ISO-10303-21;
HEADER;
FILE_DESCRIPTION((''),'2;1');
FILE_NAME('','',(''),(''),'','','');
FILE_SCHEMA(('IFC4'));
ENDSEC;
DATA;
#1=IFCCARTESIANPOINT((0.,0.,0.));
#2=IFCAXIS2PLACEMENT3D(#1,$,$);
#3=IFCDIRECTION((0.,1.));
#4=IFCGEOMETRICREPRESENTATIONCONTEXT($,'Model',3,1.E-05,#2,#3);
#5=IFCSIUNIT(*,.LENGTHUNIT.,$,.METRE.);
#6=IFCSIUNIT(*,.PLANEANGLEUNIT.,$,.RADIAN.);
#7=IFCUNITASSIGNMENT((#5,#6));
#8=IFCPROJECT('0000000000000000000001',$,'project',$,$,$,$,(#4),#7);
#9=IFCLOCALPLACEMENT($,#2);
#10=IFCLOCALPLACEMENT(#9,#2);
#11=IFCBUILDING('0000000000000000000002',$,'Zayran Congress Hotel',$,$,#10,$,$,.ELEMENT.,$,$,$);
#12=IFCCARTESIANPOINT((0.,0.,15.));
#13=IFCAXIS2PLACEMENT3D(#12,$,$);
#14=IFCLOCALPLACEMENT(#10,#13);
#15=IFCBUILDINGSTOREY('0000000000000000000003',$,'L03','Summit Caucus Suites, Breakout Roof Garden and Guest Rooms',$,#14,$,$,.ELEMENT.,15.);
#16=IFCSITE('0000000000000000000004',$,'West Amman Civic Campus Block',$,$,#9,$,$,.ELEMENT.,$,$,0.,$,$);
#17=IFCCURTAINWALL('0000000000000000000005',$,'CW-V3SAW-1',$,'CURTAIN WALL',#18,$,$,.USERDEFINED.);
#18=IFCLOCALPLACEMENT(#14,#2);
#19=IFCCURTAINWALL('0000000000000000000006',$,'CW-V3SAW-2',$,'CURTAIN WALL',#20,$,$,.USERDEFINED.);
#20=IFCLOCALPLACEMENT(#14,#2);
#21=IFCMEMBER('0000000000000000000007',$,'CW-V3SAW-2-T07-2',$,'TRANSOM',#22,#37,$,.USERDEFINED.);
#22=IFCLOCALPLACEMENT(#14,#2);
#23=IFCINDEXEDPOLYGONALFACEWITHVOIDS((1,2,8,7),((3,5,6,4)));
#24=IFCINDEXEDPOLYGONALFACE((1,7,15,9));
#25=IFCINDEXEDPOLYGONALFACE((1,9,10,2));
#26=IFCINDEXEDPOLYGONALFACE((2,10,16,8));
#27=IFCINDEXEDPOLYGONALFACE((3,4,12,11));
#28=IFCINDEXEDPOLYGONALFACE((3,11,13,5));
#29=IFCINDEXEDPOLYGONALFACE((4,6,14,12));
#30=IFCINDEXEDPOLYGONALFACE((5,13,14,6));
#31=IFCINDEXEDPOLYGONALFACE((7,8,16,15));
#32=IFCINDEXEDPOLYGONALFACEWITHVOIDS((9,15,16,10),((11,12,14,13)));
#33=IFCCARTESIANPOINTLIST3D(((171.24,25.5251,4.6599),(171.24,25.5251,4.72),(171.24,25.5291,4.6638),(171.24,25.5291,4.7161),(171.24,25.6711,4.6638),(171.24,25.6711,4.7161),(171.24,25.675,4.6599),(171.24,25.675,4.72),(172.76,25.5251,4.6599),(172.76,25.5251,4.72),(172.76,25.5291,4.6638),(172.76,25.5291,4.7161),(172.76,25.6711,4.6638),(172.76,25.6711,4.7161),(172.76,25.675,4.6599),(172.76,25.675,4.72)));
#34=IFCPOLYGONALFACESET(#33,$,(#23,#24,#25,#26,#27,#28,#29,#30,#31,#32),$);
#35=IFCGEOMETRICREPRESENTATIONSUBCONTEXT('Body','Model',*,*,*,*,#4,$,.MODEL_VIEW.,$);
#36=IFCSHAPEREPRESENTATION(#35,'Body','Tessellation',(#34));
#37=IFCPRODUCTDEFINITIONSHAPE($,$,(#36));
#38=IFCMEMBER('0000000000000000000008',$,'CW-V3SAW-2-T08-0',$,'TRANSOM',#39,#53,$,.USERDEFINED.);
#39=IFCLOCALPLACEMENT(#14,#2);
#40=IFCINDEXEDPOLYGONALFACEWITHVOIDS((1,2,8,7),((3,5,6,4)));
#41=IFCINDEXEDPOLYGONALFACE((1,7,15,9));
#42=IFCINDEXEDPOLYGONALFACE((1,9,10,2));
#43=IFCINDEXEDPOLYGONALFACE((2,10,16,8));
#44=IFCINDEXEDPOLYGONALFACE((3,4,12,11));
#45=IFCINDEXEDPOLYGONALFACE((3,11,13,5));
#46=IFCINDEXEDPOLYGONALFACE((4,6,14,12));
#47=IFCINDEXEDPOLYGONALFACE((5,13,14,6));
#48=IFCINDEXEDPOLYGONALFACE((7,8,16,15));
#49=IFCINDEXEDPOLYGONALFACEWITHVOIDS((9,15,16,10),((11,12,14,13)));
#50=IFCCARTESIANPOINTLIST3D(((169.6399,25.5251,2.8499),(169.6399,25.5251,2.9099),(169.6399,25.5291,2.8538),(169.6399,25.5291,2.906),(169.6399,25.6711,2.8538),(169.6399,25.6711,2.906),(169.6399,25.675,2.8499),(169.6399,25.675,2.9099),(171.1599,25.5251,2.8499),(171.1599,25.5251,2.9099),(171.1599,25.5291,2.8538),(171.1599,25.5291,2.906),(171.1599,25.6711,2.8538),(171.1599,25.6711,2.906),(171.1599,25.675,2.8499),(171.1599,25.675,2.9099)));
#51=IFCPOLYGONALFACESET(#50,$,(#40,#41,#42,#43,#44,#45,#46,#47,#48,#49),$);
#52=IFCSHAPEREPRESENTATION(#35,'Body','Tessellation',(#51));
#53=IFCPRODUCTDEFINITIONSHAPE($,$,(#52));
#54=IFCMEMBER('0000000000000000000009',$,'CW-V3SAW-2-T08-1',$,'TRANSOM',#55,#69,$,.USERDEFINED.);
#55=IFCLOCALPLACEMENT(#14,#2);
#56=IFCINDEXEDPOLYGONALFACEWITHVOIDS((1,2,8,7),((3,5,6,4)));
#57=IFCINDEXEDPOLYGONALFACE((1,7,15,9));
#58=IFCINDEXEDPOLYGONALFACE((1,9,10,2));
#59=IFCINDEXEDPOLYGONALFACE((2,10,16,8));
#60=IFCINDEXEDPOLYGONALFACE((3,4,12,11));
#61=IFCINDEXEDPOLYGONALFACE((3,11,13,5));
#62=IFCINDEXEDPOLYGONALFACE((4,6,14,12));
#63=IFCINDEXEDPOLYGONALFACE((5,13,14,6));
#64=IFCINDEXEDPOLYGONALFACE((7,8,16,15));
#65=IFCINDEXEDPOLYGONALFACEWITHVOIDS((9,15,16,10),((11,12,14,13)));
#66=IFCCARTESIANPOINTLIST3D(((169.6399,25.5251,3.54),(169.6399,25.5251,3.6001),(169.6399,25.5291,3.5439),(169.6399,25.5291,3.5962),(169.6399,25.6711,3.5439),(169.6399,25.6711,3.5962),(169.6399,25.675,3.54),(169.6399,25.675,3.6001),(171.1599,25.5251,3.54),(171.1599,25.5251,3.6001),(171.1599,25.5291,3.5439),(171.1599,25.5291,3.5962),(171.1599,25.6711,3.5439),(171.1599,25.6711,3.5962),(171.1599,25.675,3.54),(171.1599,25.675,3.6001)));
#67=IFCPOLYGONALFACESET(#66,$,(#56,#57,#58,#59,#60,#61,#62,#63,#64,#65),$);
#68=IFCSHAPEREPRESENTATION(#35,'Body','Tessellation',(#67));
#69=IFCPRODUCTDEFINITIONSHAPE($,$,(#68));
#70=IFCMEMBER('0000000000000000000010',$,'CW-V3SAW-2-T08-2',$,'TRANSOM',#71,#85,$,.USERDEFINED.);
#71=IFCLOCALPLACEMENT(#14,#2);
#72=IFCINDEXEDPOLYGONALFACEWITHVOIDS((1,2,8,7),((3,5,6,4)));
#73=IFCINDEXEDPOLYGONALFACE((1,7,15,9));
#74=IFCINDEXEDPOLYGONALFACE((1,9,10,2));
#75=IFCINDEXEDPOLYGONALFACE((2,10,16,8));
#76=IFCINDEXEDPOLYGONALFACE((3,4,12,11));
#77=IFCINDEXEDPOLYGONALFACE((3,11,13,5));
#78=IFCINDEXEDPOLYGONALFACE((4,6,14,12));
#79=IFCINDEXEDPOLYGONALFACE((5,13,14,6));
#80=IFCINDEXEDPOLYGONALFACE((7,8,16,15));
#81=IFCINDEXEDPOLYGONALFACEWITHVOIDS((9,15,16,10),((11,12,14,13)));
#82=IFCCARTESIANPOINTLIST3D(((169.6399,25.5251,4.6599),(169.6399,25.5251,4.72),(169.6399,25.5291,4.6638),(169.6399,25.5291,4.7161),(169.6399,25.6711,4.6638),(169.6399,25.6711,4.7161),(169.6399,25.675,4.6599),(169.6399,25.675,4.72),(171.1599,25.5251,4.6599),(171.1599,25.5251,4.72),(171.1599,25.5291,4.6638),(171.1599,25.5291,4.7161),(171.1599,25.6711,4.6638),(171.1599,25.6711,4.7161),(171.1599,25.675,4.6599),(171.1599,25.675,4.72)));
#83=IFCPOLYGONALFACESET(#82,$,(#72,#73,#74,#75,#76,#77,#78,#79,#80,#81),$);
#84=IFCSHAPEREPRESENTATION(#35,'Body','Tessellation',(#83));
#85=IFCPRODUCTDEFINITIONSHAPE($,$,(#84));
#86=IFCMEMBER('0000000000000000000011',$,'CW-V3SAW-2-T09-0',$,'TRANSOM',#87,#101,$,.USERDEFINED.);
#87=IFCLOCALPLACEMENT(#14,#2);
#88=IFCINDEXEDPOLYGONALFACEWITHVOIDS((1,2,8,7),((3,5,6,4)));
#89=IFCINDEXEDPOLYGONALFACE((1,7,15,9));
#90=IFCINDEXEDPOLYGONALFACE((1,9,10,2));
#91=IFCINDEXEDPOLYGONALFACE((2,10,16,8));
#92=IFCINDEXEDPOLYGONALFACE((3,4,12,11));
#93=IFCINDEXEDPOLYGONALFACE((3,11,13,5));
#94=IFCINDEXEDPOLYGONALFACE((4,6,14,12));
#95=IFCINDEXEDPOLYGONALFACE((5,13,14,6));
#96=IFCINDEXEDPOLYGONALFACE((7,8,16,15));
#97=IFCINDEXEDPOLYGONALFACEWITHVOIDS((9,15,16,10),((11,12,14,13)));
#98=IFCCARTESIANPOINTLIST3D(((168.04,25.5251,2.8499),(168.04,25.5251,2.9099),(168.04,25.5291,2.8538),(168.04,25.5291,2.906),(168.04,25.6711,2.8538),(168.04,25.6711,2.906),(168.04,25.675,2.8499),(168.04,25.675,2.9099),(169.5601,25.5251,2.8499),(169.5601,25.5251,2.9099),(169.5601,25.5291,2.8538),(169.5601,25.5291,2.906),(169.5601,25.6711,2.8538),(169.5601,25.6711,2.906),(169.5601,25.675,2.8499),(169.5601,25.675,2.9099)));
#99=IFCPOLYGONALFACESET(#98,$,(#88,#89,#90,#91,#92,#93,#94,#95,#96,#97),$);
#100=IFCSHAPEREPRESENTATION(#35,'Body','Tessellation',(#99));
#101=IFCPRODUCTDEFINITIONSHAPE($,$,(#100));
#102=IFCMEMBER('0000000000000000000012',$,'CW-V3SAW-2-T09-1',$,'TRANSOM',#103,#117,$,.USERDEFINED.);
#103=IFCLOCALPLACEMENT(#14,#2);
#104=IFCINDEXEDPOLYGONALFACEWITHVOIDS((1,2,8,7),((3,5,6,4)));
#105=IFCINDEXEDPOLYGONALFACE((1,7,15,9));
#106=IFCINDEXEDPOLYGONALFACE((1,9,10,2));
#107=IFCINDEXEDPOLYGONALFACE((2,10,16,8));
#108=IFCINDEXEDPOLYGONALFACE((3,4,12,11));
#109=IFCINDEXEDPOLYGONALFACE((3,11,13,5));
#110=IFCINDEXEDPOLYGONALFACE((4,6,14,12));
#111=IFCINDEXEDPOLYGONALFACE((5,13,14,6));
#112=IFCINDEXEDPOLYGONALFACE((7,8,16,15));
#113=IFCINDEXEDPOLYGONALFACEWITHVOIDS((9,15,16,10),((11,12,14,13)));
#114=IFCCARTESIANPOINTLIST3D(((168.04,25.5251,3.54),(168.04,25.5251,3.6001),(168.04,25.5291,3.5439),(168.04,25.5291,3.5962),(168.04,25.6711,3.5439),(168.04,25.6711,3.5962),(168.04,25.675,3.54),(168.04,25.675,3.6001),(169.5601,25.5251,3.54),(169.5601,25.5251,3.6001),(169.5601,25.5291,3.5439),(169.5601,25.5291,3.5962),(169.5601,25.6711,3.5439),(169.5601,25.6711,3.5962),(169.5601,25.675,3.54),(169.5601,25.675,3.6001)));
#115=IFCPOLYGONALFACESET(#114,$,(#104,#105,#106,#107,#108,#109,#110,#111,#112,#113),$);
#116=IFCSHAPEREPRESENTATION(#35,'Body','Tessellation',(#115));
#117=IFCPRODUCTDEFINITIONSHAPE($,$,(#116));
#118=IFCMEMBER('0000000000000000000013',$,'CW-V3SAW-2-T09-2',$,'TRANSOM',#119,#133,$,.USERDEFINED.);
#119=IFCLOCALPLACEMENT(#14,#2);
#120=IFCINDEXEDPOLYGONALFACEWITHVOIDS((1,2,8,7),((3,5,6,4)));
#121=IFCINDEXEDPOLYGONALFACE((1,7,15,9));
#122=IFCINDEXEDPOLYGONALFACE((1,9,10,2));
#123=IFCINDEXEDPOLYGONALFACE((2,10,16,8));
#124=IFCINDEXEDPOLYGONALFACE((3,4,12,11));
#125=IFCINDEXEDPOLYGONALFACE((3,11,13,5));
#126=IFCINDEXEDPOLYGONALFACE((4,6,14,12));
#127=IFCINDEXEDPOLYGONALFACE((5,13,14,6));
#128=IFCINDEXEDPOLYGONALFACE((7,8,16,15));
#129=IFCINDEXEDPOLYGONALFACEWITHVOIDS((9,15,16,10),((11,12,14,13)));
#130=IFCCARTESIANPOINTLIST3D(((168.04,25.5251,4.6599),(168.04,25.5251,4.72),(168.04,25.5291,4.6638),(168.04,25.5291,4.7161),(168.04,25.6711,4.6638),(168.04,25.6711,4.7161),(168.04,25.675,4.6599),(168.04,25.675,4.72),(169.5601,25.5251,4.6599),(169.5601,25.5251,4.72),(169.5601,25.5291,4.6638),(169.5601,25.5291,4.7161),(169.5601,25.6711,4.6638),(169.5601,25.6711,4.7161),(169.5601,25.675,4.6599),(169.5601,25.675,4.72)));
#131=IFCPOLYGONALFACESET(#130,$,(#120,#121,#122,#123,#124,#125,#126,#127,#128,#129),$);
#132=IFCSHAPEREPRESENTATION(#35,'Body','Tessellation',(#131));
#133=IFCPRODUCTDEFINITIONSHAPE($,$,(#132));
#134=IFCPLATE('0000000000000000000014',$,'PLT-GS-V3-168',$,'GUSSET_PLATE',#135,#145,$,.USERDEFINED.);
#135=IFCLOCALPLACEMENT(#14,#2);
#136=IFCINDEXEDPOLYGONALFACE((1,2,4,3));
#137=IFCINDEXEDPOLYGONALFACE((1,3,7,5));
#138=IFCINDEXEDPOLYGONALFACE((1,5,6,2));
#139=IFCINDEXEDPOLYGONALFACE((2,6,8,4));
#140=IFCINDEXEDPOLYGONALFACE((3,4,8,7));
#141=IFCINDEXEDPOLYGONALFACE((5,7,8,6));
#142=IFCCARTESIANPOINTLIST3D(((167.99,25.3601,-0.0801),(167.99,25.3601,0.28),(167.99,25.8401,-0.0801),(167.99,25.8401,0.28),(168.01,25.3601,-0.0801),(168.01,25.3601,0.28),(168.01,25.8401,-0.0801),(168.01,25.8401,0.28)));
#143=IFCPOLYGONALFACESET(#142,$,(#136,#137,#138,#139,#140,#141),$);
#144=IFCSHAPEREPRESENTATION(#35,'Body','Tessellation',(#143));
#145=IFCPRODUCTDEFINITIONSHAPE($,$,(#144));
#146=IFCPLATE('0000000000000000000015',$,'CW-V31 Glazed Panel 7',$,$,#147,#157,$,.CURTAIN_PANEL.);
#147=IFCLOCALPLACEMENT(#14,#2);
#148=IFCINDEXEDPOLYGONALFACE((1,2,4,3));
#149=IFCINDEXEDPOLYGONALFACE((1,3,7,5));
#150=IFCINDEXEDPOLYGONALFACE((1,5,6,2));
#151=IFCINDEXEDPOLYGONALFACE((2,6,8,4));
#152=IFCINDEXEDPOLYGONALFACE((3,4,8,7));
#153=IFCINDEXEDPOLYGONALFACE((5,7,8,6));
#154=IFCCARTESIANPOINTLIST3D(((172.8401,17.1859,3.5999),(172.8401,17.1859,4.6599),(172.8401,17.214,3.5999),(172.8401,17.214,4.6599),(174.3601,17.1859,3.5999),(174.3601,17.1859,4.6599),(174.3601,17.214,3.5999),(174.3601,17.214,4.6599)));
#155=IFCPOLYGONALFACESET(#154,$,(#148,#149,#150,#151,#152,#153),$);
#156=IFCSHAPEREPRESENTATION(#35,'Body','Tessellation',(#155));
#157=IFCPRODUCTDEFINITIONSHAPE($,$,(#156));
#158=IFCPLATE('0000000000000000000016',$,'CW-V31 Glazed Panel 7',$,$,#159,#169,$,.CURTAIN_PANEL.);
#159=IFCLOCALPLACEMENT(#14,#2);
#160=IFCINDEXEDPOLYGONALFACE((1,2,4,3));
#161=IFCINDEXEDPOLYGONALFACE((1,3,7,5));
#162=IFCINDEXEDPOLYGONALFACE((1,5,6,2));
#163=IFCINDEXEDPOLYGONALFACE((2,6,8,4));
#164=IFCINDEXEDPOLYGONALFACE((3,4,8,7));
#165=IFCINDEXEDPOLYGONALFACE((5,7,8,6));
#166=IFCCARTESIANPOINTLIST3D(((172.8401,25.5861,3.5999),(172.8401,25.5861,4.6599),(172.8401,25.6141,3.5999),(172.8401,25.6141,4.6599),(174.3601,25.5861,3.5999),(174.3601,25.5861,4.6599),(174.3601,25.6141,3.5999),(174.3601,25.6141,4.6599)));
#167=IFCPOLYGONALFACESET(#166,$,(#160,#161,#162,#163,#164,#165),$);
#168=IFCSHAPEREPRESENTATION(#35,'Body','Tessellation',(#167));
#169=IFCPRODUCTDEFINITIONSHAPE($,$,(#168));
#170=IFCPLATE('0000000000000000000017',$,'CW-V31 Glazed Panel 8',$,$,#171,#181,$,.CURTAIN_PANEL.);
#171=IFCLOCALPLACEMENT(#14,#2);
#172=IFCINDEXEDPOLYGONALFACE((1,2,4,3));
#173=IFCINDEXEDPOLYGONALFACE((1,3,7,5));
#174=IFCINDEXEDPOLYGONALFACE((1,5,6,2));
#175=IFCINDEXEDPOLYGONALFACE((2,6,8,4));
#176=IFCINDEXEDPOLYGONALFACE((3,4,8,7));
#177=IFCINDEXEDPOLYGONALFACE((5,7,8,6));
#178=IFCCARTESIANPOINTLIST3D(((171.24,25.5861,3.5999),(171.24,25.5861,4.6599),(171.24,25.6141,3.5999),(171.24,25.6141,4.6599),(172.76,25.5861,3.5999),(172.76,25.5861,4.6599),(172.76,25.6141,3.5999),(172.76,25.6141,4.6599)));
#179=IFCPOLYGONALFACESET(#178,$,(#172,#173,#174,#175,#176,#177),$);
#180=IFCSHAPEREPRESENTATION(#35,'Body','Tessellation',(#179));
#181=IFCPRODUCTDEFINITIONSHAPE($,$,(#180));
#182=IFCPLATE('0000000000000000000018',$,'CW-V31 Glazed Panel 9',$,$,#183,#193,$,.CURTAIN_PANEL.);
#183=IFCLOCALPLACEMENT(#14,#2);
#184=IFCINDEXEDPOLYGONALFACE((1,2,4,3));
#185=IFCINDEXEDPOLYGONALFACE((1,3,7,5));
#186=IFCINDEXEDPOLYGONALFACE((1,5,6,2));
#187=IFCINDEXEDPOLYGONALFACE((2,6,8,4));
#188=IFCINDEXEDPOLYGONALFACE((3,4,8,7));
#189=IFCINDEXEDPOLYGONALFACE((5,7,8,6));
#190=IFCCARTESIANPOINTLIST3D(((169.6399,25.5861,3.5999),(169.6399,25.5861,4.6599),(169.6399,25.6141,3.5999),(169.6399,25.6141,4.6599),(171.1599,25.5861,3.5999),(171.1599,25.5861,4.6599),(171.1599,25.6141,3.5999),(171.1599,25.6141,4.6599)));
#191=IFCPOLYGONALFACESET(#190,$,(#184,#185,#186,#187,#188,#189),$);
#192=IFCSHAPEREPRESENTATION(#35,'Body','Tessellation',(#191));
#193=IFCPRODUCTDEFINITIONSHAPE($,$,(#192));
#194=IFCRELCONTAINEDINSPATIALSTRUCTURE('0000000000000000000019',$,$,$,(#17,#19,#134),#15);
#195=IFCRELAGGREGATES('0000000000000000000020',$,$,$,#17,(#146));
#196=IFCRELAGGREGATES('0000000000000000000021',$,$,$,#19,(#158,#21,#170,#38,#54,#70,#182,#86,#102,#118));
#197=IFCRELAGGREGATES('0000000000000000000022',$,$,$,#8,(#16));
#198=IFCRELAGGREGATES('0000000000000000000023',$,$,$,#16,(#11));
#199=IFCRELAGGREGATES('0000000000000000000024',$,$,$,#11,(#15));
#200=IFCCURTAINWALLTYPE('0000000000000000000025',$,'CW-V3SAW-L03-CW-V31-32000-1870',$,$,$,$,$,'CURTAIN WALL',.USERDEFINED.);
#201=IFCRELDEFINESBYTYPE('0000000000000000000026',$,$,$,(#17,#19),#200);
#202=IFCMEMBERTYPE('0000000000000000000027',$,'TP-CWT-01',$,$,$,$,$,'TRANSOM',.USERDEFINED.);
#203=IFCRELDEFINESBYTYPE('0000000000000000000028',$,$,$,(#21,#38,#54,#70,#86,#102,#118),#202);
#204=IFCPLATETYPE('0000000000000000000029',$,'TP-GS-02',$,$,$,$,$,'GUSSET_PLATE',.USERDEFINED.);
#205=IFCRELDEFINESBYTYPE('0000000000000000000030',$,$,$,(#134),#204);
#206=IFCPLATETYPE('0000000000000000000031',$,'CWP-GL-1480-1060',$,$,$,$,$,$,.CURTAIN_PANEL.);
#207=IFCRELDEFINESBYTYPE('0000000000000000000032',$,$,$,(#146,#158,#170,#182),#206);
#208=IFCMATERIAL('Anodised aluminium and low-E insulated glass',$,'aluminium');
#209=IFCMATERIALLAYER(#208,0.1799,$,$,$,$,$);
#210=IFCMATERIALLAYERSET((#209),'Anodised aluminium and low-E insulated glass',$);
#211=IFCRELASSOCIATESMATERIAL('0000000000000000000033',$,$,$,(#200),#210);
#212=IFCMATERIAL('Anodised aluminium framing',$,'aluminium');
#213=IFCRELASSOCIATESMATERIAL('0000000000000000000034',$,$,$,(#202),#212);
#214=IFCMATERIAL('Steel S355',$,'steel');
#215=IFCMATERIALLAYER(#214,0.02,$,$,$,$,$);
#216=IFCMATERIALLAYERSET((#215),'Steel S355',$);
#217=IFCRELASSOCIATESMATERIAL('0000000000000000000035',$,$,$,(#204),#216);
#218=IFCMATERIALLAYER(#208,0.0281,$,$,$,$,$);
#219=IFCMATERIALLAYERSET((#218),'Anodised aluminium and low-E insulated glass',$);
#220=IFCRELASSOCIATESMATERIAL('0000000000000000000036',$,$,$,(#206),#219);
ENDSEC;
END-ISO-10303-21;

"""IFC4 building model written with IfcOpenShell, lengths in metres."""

from ifc_helpers import new_model, si_unit, direction, frame, origin, origin_2d, place, context, subcontext, project, spatial, rectangle, hollow_rectangle, extrude, material, layer, layer_set, material_profile, profile_set, type_object, element, aggregate, save


model = new_model("IFC4")

# Units and contexts
model_context = context("Model", 3, precision=1e-05, world=origin(), true_north=direction((0.0, 1.0)))
body_context = subcontext(model_context, "Body", "Model", "MODEL_VIEW")
ifc_project = project(units=[si_unit("LENGTHUNIT", "METRE"), si_unit("PLANEANGLEUNIT", "RADIAN")], contexts=[model_context])

# Site, building, storey
site_placement = place(None, origin())
site = spatial("IfcSite", under=ifc_project, at=site_placement, Name="West Amman Civic Campus Block", CompositionType="ELEMENT", RefElevation=0.0)
building_placement = place(site_placement, origin())
building = spatial("IfcBuilding", under=site, at=building_placement, Name="Zayran Congress Hotel", CompositionType="ELEMENT")
storey_placement = place(building_placement, frame((0.0, 0.0, 15.0)))
storey = spatial("IfcBuildingStorey", under=building, at=storey_placement, Name="L03", Description="Summit Caucus Suites, Breakout Roof Garden and Guest Rooms", CompositionType="ELEMENT", Elevation=15.0)

# Shared definitions
ifc_material_1 = material(Name="Steel S355", Category="steel")

# Curtain wall
ifc_material_2 = material(Name="Anodised aluminium and low-E insulated glass", Category="aluminium")
ifc_layer_1 = layer(ifc_material_2, 0.1799)
ifc_layer_set_1 = layer_set([ifc_layer_1], Name="Anodised aluminium and low-E insulated glass")
curtain_wall_type = type_object("IfcCurtainWallType", Name="CW-V3SAW-L03-CW-V31-32000-1870", ElementType="CURTAIN WALL", PredefinedType="USERDEFINED", material=ifc_layer_set_1)
curtain_wall_1_placement = place(storey_placement, origin())
curtain_wall_1 = element("IfcCurtainWall", 1, at=curtain_wall_1_placement, inside=storey, type_object=curtain_wall_type, Name="CW-V3SAW-1", ObjectType="CURTAIN WALL", PredefinedType="USERDEFINED")
ifc_material_3 = material(Name="Anodised aluminium framing", Category="aluminium")

# Curtain wall
curtain_wall_2_placement = place(storey_placement, origin())
curtain_wall_2 = element("IfcCurtainWall", 2, at=curtain_wall_2_placement, inside=storey, type_object=curtain_wall_type, Name="CW-V3SAW-2", ObjectType="CURTAIN WALL", PredefinedType="USERDEFINED")

# Members
ifc_material_profile_1 = material_profile(ifc_material_3, hollow_rectangle(XDim=0.0601, YDim=0.1499, WallThickness=0.0039, at=origin_2d()), Name="RHS 150x60x4")
ifc_profile_set_1 = profile_set([ifc_material_profile_1], Name="Anodised aluminium framing")
member_type_1 = type_object("IfcMemberType", Name="TP-CWT-01", ElementType="TRANSOM", PredefinedType="USERDEFINED", material=ifc_profile_set_1)
member_1_placement = place(storey_placement, frame((172.76, 25.6001, 4.6899), z_axis=(-1.0, 0.0, 0.0), x_axis=(0.0, 0.0, 1.0)))
member_1 = element("IfcMember", 3, at=member_1_placement, type_object=member_type_1, Name="CW-V3SAW-2-T07-2", ObjectType="TRANSOM", PredefinedType="USERDEFINED", context=body_context, shape_type="SweptSolid", body=[
    extrude(hollow_rectangle(XDim=0.0601, YDim=0.1499, WallThickness=0.0039, at=origin_2d()), origin(), (0.0, 0.0, 1.0), 1.52),
])
member_2_placement = place(storey_placement, frame((171.1599, 25.6001, 2.8799), z_axis=(-1.0, 0.0, 0.0), x_axis=(0.0, 0.0, 1.0)))
member_2 = element("IfcMember", 4, at=member_2_placement, type_object=member_type_1, Name="CW-V3SAW-2-T08-0", ObjectType="TRANSOM", PredefinedType="USERDEFINED", context=body_context, shape_type="SweptSolid", body=[
    extrude(hollow_rectangle(XDim=0.0601, YDim=0.1499, WallThickness=0.0039, at=origin_2d()), origin(), (0.0, 0.0, 1.0), 1.52),
])
member_3_placement = place(storey_placement, frame((171.1599, 25.6001, 3.5701), z_axis=(-1.0, 0.0, 0.0), x_axis=(0.0, 0.0, 1.0)))
member_3 = element("IfcMember", 5, at=member_3_placement, type_object=member_type_1, Name="CW-V3SAW-2-T08-1", ObjectType="TRANSOM", PredefinedType="USERDEFINED", context=body_context, shape_type="SweptSolid", body=[
    extrude(hollow_rectangle(XDim=0.0601, YDim=0.1499, WallThickness=0.0039, at=origin_2d()), origin(), (0.0, 0.0, 1.0), 1.52),
])
member_4_placement = place(storey_placement, frame((171.1599, 25.6001, 4.6899), z_axis=(-1.0, 0.0, 0.0), x_axis=(0.0, 0.0, 1.0)))
member_4 = element("IfcMember", 6, at=member_4_placement, type_object=member_type_1, Name="CW-V3SAW-2-T08-2", ObjectType="TRANSOM", PredefinedType="USERDEFINED", context=body_context, shape_type="SweptSolid", body=[
    extrude(hollow_rectangle(XDim=0.0601, YDim=0.1499, WallThickness=0.0039, at=origin_2d()), origin(), (0.0, 0.0, 1.0), 1.52),
])
member_5_placement = place(storey_placement, frame((169.5601, 25.6001, 2.8799), z_axis=(-1.0, 0.0, 0.0), x_axis=(0.0, 0.0, 1.0)))
member_5 = element("IfcMember", 7, at=member_5_placement, type_object=member_type_1, Name="CW-V3SAW-2-T09-0", ObjectType="TRANSOM", PredefinedType="USERDEFINED", context=body_context, shape_type="SweptSolid", body=[
    extrude(hollow_rectangle(XDim=0.0601, YDim=0.1499, WallThickness=0.0039, at=origin_2d()), origin(), (0.0, 0.0, 1.0), 1.52),
])
member_6_placement = place(storey_placement, frame((169.5601, 25.6001, 3.5701), z_axis=(-1.0, 0.0, 0.0), x_axis=(0.0, 0.0, 1.0)))
member_6 = element("IfcMember", 8, at=member_6_placement, type_object=member_type_1, Name="CW-V3SAW-2-T09-1", ObjectType="TRANSOM", PredefinedType="USERDEFINED", context=body_context, shape_type="SweptSolid", body=[
    extrude(hollow_rectangle(XDim=0.0601, YDim=0.1499, WallThickness=0.0039, at=origin_2d()), origin(), (0.0, 0.0, 1.0), 1.52),
])
member_7_placement = place(storey_placement, frame((169.5601, 25.6001, 4.6899), z_axis=(-1.0, 0.0, 0.0), x_axis=(0.0, 0.0, 1.0)))
member_7 = element("IfcMember", 9, at=member_7_placement, type_object=member_type_1, Name="CW-V3SAW-2-T09-2", ObjectType="TRANSOM", PredefinedType="USERDEFINED", context=body_context, shape_type="SweptSolid", body=[
    extrude(hollow_rectangle(XDim=0.0601, YDim=0.1499, WallThickness=0.0039, at=origin_2d()), origin(), (0.0, 0.0, 1.0), 1.52),
])

# Plates
ifc_layer_2 = layer(ifc_material_1, 0.02)
ifc_layer_set_2 = layer_set([ifc_layer_2], Name="Steel S355")
plate_type_1 = type_object("IfcPlateType", Name="TP-GS-02", ElementType="GUSSET_PLATE", PredefinedType="USERDEFINED", material=ifc_layer_set_2)
plate_1_placement = place(storey_placement, frame((168.0, 25.6001, -0.0801), z_axis=(0.0, 0.0, 1.0), x_axis=(0.0, 1.0, 0.0)))
element("IfcPlate", 10, at=plate_1_placement, inside=storey, type_object=plate_type_1, Name="PLT-GS-V3-168", ObjectType="GUSSET_PLATE", PredefinedType="USERDEFINED", context=body_context, shape_type="SweptSolid", body=[
    extrude(rectangle(XDim=0.48, YDim=0.02, at=origin_2d()), origin(), (0.0, 0.0, 1.0), 0.3601),
])
ifc_layer_3 = layer(ifc_material_2, 0.0281)
ifc_layer_set_3 = layer_set([ifc_layer_3], Name="Anodised aluminium and low-E insulated glass")
plate_type_2 = type_object("IfcPlateType", Name="CWP-GL-1480-1060", PredefinedType="CURTAIN_PANEL", material=ifc_layer_set_3)
plate_2_placement = place(storey_placement, frame((173.6001, 17.2, 3.5999), z_axis=(0.0, 0.0, 1.0), x_axis=(1.0, 0.0, 0.0)))
plate_2 = element("IfcPlate", 11, at=plate_2_placement, type_object=plate_type_2, Name="CW-V31 Glazed Panel 7", PredefinedType="CURTAIN_PANEL", context=body_context, shape_type="SweptSolid", body=[
    extrude(rectangle(XDim=1.52, YDim=0.0281, at=origin_2d()), origin(), (0.0, 0.0, 1.0), 1.0601),
])
plate_3_placement = place(storey_placement, frame((173.6001, 25.6001, 3.5999), z_axis=(0.0, 0.0, 1.0), x_axis=(1.0, 0.0, 0.0)))
plate_3 = element("IfcPlate", 12, at=plate_3_placement, type_object=plate_type_2, Name="CW-V31 Glazed Panel 7", PredefinedType="CURTAIN_PANEL", context=body_context, shape_type="SweptSolid", body=[
    extrude(rectangle(XDim=1.52, YDim=0.0281, at=origin_2d()), origin(), (0.0, 0.0, 1.0), 1.0601),
])
plate_4_placement = place(storey_placement, frame((172.0, 25.6001, 3.5999), z_axis=(0.0, 0.0, 1.0), x_axis=(1.0, 0.0, 0.0)))
plate_4 = element("IfcPlate", 13, at=plate_4_placement, type_object=plate_type_2, Name="CW-V31 Glazed Panel 8", PredefinedType="CURTAIN_PANEL", context=body_context, shape_type="SweptSolid", body=[
    extrude(rectangle(XDim=1.52, YDim=0.0281, at=origin_2d()), origin(), (0.0, 0.0, 1.0), 1.0601),
])
plate_5_placement = place(storey_placement, frame((170.3999, 25.6001, 3.5999), z_axis=(0.0, 0.0, 1.0), x_axis=(1.0, 0.0, 0.0)))
plate_5 = element("IfcPlate", 14, at=plate_5_placement, type_object=plate_type_2, Name="CW-V31 Glazed Panel 9", PredefinedType="CURTAIN_PANEL", context=body_context, shape_type="SweptSolid", body=[
    extrude(rectangle(XDim=1.52, YDim=0.0281, at=origin_2d()), origin(), (0.0, 0.0, 1.0), 1.0601),
])
aggregate(curtain_wall_1, [plate_2])
aggregate(curtain_wall_2, [plate_3, member_1, plate_4, member_2, member_3, member_4, plate_5, member_5, member_6, member_7])

save(model, "model.ifc")
